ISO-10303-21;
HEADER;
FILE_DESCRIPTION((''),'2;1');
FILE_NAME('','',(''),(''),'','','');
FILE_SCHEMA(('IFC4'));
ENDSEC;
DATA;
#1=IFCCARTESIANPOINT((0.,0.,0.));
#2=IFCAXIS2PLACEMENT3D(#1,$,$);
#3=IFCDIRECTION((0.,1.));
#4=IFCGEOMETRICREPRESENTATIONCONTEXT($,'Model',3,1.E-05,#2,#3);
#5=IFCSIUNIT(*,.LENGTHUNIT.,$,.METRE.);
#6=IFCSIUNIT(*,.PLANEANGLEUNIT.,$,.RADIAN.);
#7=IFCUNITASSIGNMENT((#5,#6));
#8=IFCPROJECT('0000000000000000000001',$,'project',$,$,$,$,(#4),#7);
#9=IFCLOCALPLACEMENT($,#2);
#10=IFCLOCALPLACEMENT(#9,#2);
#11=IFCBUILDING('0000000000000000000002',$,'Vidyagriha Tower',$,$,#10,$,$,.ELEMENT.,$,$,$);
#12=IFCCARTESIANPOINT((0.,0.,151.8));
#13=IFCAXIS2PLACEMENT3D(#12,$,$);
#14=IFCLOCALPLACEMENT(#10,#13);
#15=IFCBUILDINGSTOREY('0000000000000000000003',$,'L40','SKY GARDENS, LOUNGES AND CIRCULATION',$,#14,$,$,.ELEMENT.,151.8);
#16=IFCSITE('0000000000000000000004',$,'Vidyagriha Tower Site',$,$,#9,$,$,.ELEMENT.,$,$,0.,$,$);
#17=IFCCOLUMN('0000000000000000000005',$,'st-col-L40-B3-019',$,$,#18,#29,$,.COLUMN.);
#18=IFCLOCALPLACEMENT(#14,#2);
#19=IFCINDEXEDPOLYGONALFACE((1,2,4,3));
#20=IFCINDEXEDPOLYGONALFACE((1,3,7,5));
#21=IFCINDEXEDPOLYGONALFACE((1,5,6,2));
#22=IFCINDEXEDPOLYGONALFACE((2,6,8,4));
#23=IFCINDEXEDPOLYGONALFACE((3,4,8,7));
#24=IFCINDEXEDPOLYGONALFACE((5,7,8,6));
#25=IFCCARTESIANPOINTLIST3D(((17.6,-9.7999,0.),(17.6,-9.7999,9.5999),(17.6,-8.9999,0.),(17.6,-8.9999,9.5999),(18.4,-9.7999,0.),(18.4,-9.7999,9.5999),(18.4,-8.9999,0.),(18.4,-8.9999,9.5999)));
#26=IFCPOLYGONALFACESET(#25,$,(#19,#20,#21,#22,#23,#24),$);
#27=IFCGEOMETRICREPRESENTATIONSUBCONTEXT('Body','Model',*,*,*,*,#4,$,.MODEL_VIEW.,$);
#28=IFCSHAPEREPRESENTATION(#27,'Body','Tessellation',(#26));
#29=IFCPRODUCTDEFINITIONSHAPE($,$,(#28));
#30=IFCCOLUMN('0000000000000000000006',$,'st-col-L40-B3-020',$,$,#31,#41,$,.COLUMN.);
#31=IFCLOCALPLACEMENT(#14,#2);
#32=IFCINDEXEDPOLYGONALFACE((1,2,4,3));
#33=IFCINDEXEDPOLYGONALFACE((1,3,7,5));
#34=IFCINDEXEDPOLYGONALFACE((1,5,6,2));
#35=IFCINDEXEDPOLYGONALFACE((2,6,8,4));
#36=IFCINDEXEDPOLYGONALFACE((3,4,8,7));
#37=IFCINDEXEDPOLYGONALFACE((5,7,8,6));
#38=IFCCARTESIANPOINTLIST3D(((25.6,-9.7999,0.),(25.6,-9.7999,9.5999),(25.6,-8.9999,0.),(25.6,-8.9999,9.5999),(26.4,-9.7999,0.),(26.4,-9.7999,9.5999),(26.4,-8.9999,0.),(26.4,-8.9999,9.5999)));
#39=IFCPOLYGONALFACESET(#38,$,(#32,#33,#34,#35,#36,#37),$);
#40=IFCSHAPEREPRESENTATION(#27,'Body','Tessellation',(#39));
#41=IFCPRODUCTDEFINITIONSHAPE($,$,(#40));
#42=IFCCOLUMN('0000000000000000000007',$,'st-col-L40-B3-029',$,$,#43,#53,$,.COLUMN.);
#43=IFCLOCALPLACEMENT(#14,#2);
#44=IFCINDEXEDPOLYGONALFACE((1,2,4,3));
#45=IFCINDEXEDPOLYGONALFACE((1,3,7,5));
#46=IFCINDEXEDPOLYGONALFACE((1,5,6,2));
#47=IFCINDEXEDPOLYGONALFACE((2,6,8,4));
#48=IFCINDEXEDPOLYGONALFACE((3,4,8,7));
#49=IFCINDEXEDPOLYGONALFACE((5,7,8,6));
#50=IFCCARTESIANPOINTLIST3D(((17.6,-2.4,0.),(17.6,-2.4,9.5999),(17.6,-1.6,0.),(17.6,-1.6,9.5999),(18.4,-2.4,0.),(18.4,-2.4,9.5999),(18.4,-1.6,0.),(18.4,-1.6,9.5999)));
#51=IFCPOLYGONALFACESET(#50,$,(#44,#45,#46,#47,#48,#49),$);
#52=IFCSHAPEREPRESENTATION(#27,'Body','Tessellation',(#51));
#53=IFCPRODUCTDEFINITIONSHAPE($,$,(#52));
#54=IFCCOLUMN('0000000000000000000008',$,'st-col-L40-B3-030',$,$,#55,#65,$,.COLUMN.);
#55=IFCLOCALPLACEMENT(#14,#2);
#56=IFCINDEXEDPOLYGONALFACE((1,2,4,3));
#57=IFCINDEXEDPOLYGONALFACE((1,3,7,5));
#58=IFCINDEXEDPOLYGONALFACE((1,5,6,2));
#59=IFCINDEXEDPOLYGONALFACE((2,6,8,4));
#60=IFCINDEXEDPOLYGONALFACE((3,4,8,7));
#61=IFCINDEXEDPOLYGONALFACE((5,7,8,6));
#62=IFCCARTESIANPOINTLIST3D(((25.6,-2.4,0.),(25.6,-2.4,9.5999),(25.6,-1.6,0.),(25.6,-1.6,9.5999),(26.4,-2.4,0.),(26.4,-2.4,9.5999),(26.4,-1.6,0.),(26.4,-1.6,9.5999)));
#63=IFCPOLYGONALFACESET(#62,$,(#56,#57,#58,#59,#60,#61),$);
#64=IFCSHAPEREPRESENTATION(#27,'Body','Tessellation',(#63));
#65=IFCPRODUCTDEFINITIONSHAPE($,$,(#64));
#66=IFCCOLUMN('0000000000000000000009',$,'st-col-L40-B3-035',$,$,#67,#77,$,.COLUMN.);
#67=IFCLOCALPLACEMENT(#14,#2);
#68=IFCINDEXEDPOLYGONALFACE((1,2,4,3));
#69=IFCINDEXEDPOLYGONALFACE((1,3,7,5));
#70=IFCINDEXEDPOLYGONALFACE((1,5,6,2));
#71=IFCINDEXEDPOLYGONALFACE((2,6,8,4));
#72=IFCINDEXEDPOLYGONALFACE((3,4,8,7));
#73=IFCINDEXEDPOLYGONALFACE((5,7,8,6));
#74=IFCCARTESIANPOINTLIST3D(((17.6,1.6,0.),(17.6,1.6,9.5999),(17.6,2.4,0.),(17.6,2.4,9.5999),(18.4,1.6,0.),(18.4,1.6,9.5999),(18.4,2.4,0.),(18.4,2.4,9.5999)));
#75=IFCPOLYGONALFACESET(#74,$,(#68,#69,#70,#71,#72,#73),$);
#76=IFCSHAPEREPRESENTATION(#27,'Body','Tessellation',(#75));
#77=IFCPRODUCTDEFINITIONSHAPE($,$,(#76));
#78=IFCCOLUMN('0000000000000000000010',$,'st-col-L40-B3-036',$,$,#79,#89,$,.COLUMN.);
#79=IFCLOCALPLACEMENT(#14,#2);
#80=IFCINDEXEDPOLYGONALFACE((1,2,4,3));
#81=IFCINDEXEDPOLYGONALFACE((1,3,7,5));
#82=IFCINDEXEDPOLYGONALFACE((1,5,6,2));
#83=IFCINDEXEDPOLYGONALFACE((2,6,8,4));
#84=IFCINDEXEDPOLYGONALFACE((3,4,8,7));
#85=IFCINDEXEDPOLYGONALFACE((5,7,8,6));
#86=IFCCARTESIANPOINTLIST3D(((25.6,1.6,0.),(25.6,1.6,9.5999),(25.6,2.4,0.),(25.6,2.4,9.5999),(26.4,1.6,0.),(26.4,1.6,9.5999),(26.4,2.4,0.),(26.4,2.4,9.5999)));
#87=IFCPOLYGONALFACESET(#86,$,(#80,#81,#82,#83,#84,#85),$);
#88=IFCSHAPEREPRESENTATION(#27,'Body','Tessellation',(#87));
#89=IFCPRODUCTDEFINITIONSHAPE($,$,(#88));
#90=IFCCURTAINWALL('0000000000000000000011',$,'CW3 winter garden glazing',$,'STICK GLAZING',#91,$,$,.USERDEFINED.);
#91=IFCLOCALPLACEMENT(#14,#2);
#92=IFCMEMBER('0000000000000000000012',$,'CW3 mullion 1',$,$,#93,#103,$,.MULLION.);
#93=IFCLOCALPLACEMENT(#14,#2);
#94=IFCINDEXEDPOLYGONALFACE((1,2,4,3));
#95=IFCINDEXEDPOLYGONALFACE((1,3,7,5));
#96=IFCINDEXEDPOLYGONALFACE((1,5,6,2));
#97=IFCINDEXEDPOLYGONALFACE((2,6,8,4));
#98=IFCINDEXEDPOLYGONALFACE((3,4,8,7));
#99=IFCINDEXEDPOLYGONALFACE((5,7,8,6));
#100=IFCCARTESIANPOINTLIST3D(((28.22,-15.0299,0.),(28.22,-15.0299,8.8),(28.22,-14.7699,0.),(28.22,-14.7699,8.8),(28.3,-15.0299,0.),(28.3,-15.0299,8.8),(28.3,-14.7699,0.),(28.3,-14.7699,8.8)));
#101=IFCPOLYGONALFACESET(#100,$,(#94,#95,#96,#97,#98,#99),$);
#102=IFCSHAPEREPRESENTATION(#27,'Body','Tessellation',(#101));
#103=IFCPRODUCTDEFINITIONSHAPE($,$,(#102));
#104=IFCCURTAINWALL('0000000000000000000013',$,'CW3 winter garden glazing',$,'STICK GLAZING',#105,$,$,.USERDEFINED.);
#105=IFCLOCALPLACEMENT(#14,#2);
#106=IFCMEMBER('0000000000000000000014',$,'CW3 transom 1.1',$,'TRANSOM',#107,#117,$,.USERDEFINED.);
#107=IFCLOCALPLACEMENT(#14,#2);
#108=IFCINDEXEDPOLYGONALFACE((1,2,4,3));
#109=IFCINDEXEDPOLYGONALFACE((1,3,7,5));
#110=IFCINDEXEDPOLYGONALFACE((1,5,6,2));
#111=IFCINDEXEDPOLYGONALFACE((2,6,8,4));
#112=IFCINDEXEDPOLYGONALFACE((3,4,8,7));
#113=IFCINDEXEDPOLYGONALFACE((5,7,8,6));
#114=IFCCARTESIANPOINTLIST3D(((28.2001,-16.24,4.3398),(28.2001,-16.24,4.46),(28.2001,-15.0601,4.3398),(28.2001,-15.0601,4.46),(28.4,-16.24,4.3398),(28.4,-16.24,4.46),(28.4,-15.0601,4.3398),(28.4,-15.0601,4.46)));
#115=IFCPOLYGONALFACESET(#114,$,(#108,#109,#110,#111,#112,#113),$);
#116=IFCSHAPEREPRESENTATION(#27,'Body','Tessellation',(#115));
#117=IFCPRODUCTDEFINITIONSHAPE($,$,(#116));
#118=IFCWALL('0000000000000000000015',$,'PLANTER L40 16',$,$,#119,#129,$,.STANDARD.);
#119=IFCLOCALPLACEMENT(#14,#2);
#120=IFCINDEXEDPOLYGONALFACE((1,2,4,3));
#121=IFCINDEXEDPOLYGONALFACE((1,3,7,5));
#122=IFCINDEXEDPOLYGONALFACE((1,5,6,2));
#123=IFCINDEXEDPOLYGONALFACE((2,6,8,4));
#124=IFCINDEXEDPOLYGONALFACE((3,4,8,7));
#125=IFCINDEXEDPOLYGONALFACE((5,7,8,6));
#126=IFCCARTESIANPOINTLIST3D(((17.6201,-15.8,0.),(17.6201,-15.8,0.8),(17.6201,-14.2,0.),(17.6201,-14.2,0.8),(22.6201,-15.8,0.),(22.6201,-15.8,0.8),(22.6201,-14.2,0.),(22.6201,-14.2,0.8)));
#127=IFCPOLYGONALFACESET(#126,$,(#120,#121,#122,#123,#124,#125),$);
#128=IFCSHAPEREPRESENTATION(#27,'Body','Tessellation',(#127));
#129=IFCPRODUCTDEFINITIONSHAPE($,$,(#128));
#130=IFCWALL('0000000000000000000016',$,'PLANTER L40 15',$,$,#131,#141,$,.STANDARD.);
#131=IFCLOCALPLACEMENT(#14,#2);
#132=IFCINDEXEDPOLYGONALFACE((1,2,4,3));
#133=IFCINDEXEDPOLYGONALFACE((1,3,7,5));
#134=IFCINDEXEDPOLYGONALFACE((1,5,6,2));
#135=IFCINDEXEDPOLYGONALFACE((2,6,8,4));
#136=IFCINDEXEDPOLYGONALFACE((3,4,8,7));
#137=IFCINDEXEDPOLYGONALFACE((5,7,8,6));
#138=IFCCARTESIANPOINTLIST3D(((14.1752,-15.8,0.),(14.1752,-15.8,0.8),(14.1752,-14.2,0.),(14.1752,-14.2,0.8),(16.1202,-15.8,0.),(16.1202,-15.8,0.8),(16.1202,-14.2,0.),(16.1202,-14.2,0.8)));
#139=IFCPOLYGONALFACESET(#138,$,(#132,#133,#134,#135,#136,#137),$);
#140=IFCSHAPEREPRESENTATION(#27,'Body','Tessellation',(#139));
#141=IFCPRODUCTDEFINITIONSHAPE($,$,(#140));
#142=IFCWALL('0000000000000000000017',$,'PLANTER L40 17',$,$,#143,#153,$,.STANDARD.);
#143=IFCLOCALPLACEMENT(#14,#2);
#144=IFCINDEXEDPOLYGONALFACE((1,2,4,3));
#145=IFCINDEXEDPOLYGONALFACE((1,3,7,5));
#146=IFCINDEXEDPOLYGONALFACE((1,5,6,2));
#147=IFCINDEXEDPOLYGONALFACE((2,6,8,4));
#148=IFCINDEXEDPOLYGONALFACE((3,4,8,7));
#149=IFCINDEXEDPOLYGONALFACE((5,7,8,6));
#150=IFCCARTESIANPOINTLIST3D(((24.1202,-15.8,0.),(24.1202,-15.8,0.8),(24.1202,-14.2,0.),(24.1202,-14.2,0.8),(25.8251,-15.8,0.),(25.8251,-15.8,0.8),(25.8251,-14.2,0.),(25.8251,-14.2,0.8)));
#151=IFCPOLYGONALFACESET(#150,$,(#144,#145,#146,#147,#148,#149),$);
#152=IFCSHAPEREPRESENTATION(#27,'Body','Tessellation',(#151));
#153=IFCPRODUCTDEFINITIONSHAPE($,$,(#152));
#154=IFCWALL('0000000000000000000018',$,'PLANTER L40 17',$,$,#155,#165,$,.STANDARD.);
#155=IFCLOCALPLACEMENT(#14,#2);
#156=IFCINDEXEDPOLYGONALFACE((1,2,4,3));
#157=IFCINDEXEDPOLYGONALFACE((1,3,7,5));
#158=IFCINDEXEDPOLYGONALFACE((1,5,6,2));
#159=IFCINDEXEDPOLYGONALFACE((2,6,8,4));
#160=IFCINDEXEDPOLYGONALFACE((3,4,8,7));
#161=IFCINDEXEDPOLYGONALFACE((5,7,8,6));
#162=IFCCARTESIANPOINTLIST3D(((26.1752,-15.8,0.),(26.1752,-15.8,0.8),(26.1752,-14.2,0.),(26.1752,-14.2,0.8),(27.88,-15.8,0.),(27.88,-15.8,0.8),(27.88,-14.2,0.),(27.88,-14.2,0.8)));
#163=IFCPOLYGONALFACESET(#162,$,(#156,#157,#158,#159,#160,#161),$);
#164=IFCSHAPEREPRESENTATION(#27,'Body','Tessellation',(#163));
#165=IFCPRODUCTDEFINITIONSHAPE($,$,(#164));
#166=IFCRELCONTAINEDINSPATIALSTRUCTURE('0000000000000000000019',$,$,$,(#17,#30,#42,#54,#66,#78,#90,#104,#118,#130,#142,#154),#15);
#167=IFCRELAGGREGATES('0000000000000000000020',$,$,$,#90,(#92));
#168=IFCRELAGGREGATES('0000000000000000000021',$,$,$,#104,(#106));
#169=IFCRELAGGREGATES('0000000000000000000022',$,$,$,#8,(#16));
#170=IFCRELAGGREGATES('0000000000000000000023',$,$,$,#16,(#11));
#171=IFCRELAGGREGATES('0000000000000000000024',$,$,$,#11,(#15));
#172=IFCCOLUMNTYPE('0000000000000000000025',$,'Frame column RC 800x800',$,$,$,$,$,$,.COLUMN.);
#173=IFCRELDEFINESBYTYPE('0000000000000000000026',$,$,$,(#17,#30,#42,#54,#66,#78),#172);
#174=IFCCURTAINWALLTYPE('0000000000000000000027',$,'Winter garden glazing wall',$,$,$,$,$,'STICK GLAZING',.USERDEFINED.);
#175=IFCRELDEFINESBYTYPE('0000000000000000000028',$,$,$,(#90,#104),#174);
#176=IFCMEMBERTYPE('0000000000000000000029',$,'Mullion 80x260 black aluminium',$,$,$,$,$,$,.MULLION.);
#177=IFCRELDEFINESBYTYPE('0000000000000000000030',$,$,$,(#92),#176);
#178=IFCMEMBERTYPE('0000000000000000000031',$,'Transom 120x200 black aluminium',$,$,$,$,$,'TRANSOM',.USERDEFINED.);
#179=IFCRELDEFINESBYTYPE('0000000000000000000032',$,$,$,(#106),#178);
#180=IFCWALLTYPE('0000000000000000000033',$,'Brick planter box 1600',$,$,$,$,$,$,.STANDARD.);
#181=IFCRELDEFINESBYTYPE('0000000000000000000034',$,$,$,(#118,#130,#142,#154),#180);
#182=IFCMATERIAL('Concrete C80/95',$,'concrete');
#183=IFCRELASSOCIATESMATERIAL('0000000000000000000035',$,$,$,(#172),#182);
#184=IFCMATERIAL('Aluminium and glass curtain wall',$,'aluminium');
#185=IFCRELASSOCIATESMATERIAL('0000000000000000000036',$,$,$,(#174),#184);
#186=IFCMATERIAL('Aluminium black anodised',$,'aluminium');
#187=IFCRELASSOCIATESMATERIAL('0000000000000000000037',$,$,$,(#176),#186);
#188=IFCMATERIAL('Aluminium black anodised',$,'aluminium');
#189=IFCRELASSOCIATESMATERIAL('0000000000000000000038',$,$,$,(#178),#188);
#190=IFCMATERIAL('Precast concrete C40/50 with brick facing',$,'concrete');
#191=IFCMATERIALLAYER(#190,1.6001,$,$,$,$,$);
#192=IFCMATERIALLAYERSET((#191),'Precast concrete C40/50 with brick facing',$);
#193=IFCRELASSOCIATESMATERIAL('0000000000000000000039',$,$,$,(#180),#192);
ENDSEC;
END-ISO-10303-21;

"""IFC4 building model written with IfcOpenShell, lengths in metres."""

from ifc_helpers import new_model, si_unit, direction, frame, frame_2d, origin, origin_2d, place, context, subcontext, project, spatial, rectangle, extrude, material, layer, layer_set, material_profile, profile_set, type_object, element, aggregate, save


model = new_model("IFC4")

# Units and contexts
model_context = context("Model", 3, precision=1e-05, world=origin(), true_north=direction((0.0, 1.0)))
body_context = subcontext(model_context, "Body", "Model", "MODEL_VIEW")
ifc_project = project(units=[si_unit("LENGTHUNIT", "METRE"), si_unit("PLANEANGLEUNIT", "RADIAN")], contexts=[model_context])

# Site, building, storey
site_placement = place(None, origin())
site = spatial("IfcSite", under=ifc_project, at=site_placement, Name="Vidyagriha Tower Site", CompositionType="ELEMENT", RefElevation=0.0)
building_placement = place(site_placement, origin())
building = spatial("IfcBuilding", under=site, at=building_placement, Name="Vidyagriha Tower", CompositionType="ELEMENT")
storey_placement = place(building_placement, frame((0.0, 0.0, 151.8)))
storey = spatial("IfcBuildingStorey", under=building, at=storey_placement, Name="L40", Description="SKY GARDENS, LOUNGES AND CIRCULATION", CompositionType="ELEMENT", Elevation=151.8)

# Columns
ifc_material_1 = material(Name="Concrete C80/95", Category="concrete")
ifc_material_profile_1 = material_profile(ifc_material_1, rectangle(XDim=0.8, YDim=0.8, at=origin_2d()), Name="RC 800x800")
ifc_profile_set_1 = profile_set([ifc_material_profile_1], Name="Concrete C80/95")
column_type = type_object("IfcColumnType", Name="Frame column RC 800x800", PredefinedType="COLUMN", material=ifc_profile_set_1)
for number, where, name in (
    (1, (18.0, -9.3999, 0.0), "st-col-L40-B3-019"),
    (2, (26.0, -9.3999, 0.0), "st-col-L40-B3-020"),
    (3, (18.0, -2.0, 0.0), "st-col-L40-B3-029"),
    (4, (26.0, -2.0, 0.0), "st-col-L40-B3-030"),
    (5, (18.0, 2.0, 0.0), "st-col-L40-B3-035"),
    (6, (26.0, 2.0, 0.0), "st-col-L40-B3-036"),
):
    element("IfcColumn", number, at=place(storey_placement, frame(where)), inside=storey, type_object=column_type, Name=name, PredefinedType="COLUMN", context=body_context, shape_type="SweptSolid", body=[
        extrude(rectangle(XDim=0.8, YDim=0.8, at=origin_2d()), origin(), (0.0, 0.0, 1.0), 9.5999),
    ])

# Curtain walls, members
ifc_material_2 = material(Name="Aluminium and glass curtain wall", Category="aluminium")
curtain_wall_type = type_object("IfcCurtainWallType", Name="Winter garden glazing wall", ElementType="STICK GLAZING", PredefinedType="USERDEFINED", material=ifc_material_2)
curtain_wall_1_placement = place(storey_placement, origin())
curtain_wall_1 = element("IfcCurtainWall", 7, at=curtain_wall_1_placement, inside=storey, type_object=curtain_wall_type, Name="CW3 winter garden glazing", ObjectType="STICK GLAZING", PredefinedType="USERDEFINED")
ifc_material_3 = material(Name="Aluminium black anodised", Category="aluminium")
ifc_material_profile_2 = material_profile(ifc_material_3, rectangle(XDim=0.26, YDim=0.0801, at=origin_2d()), Name="Mullion 80x260 black aluminium")
ifc_profile_set_2 = profile_set([ifc_material_profile_2], Name="Aluminium black anodised")
member_type_1 = type_object("IfcMemberType", Name="Mullion 80x260 black aluminium", PredefinedType="MULLION", material=ifc_profile_set_2)
member_1_placement = place(storey_placement, frame((28.26, -14.8999, 0.0), z_axis=(0.0, 0.0, 1.0), x_axis=(0.0, 1.0, 0.0)))
member_1 = element("IfcMember", 8, at=member_1_placement, type_object=member_type_1, Name="CW3 mullion 1", PredefinedType="MULLION", context=body_context, shape_type="SweptSolid", body=[
    extrude(rectangle(XDim=0.26, YDim=0.0801, at=origin_2d()), origin(), (0.0, 0.0, 1.0), 8.8),
])
aggregate(curtain_wall_1, [member_1])
curtain_wall_2_placement = place(storey_placement, origin())
curtain_wall_2 = element("IfcCurtainWall", 9, at=curtain_wall_2_placement, inside=storey, type_object=curtain_wall_type, Name="CW3 winter garden glazing", ObjectType="STICK GLAZING", PredefinedType="USERDEFINED")
ifc_material_4 = material(Name="Aluminium black anodised", Category="aluminium")
ifc_material_profile_3 = material_profile(ifc_material_4, rectangle(XDim=0.2, YDim=0.1201, at=origin_2d()), Name="Transom 120x200 black aluminium")
ifc_profile_set_3 = profile_set([ifc_material_profile_3], Name="Aluminium black anodised")
member_type_2 = type_object("IfcMemberType", Name="Transom 120x200 black aluminium", ElementType="TRANSOM", PredefinedType="USERDEFINED", material=ifc_profile_set_3)
member_2_placement = place(storey_placement, frame((28.3, -16.24, 4.3999), z_axis=(0.0, 1.0, 0.0), x_axis=(-1.0, 0.0, 0.0)))
member_2 = element("IfcMember", 10, at=member_2_placement, type_object=member_type_2, Name="CW3 transom 1.1", ObjectType="TRANSOM", PredefinedType="USERDEFINED", context=body_context, shape_type="SweptSolid", body=[
    extrude(rectangle(XDim=0.2, YDim=0.1201, at=origin_2d()), origin(), (0.0, 0.0, 1.0), 1.1799),
])
aggregate(curtain_wall_2, [member_2])

# Walls
ifc_material_5 = material(Name="Precast concrete C40/50 with brick facing", Category="concrete")
ifc_layer_1 = layer(ifc_material_5, 1.6001)
ifc_layer_set_1 = layer_set([ifc_layer_1], Name="Precast concrete C40/50 with brick facing")
wall_type_1 = type_object("IfcWallType", Name="Brick planter box 1600", PredefinedType="STANDARD", material=ifc_layer_set_1)
wall_1_placement = place(storey_placement, frame((17.6201, -15.0, 0.0)))
element("IfcWall", 11, at=wall_1_placement, inside=storey, type_object=wall_type_1, Name="PLANTER L40 16", PredefinedType="STANDARD", context=body_context, shape_type="SweptSolid", body=[
    extrude(rectangle(XDim=5.0, YDim=1.6001, at=frame_2d((2.5, 0.0))), origin(), (0.0, 0.0, 1.0), 0.8),
])
wall_2_placement = place(storey_placement, frame((14.175, -15.0, 0.0)))
element("IfcWall", 12, at=wall_2_placement, inside=storey, type_object=wall_type_1, Name="PLANTER L40 15", PredefinedType="STANDARD", context=body_context, shape_type="SweptSolid", body=[
    extrude(rectangle(XDim=1.9451, YDim=1.6001, at=frame_2d((0.9727, 0.0))), origin(), (0.0, 0.0, 1.0), 0.8),
])
for number, where, name in (
    (13, (24.1201, -15.0, 0.0), "PLANTER L40 17"),
    (14, (26.175, -15.0, 0.0), "PLANTER L40 17"),
):
    element("IfcWall", number, at=place(storey_placement, frame(where)), inside=storey, type_object=wall_type_1, Name=name, PredefinedType="STANDARD", context=body_context, shape_type="SweptSolid", body=[
        extrude(rectangle(XDim=1.7048, YDim=1.6001, at=frame_2d((0.8525, 0.0))), origin(), (0.0, 0.0, 1.0), 0.8),
    ])

save(model, "model.ifc")
